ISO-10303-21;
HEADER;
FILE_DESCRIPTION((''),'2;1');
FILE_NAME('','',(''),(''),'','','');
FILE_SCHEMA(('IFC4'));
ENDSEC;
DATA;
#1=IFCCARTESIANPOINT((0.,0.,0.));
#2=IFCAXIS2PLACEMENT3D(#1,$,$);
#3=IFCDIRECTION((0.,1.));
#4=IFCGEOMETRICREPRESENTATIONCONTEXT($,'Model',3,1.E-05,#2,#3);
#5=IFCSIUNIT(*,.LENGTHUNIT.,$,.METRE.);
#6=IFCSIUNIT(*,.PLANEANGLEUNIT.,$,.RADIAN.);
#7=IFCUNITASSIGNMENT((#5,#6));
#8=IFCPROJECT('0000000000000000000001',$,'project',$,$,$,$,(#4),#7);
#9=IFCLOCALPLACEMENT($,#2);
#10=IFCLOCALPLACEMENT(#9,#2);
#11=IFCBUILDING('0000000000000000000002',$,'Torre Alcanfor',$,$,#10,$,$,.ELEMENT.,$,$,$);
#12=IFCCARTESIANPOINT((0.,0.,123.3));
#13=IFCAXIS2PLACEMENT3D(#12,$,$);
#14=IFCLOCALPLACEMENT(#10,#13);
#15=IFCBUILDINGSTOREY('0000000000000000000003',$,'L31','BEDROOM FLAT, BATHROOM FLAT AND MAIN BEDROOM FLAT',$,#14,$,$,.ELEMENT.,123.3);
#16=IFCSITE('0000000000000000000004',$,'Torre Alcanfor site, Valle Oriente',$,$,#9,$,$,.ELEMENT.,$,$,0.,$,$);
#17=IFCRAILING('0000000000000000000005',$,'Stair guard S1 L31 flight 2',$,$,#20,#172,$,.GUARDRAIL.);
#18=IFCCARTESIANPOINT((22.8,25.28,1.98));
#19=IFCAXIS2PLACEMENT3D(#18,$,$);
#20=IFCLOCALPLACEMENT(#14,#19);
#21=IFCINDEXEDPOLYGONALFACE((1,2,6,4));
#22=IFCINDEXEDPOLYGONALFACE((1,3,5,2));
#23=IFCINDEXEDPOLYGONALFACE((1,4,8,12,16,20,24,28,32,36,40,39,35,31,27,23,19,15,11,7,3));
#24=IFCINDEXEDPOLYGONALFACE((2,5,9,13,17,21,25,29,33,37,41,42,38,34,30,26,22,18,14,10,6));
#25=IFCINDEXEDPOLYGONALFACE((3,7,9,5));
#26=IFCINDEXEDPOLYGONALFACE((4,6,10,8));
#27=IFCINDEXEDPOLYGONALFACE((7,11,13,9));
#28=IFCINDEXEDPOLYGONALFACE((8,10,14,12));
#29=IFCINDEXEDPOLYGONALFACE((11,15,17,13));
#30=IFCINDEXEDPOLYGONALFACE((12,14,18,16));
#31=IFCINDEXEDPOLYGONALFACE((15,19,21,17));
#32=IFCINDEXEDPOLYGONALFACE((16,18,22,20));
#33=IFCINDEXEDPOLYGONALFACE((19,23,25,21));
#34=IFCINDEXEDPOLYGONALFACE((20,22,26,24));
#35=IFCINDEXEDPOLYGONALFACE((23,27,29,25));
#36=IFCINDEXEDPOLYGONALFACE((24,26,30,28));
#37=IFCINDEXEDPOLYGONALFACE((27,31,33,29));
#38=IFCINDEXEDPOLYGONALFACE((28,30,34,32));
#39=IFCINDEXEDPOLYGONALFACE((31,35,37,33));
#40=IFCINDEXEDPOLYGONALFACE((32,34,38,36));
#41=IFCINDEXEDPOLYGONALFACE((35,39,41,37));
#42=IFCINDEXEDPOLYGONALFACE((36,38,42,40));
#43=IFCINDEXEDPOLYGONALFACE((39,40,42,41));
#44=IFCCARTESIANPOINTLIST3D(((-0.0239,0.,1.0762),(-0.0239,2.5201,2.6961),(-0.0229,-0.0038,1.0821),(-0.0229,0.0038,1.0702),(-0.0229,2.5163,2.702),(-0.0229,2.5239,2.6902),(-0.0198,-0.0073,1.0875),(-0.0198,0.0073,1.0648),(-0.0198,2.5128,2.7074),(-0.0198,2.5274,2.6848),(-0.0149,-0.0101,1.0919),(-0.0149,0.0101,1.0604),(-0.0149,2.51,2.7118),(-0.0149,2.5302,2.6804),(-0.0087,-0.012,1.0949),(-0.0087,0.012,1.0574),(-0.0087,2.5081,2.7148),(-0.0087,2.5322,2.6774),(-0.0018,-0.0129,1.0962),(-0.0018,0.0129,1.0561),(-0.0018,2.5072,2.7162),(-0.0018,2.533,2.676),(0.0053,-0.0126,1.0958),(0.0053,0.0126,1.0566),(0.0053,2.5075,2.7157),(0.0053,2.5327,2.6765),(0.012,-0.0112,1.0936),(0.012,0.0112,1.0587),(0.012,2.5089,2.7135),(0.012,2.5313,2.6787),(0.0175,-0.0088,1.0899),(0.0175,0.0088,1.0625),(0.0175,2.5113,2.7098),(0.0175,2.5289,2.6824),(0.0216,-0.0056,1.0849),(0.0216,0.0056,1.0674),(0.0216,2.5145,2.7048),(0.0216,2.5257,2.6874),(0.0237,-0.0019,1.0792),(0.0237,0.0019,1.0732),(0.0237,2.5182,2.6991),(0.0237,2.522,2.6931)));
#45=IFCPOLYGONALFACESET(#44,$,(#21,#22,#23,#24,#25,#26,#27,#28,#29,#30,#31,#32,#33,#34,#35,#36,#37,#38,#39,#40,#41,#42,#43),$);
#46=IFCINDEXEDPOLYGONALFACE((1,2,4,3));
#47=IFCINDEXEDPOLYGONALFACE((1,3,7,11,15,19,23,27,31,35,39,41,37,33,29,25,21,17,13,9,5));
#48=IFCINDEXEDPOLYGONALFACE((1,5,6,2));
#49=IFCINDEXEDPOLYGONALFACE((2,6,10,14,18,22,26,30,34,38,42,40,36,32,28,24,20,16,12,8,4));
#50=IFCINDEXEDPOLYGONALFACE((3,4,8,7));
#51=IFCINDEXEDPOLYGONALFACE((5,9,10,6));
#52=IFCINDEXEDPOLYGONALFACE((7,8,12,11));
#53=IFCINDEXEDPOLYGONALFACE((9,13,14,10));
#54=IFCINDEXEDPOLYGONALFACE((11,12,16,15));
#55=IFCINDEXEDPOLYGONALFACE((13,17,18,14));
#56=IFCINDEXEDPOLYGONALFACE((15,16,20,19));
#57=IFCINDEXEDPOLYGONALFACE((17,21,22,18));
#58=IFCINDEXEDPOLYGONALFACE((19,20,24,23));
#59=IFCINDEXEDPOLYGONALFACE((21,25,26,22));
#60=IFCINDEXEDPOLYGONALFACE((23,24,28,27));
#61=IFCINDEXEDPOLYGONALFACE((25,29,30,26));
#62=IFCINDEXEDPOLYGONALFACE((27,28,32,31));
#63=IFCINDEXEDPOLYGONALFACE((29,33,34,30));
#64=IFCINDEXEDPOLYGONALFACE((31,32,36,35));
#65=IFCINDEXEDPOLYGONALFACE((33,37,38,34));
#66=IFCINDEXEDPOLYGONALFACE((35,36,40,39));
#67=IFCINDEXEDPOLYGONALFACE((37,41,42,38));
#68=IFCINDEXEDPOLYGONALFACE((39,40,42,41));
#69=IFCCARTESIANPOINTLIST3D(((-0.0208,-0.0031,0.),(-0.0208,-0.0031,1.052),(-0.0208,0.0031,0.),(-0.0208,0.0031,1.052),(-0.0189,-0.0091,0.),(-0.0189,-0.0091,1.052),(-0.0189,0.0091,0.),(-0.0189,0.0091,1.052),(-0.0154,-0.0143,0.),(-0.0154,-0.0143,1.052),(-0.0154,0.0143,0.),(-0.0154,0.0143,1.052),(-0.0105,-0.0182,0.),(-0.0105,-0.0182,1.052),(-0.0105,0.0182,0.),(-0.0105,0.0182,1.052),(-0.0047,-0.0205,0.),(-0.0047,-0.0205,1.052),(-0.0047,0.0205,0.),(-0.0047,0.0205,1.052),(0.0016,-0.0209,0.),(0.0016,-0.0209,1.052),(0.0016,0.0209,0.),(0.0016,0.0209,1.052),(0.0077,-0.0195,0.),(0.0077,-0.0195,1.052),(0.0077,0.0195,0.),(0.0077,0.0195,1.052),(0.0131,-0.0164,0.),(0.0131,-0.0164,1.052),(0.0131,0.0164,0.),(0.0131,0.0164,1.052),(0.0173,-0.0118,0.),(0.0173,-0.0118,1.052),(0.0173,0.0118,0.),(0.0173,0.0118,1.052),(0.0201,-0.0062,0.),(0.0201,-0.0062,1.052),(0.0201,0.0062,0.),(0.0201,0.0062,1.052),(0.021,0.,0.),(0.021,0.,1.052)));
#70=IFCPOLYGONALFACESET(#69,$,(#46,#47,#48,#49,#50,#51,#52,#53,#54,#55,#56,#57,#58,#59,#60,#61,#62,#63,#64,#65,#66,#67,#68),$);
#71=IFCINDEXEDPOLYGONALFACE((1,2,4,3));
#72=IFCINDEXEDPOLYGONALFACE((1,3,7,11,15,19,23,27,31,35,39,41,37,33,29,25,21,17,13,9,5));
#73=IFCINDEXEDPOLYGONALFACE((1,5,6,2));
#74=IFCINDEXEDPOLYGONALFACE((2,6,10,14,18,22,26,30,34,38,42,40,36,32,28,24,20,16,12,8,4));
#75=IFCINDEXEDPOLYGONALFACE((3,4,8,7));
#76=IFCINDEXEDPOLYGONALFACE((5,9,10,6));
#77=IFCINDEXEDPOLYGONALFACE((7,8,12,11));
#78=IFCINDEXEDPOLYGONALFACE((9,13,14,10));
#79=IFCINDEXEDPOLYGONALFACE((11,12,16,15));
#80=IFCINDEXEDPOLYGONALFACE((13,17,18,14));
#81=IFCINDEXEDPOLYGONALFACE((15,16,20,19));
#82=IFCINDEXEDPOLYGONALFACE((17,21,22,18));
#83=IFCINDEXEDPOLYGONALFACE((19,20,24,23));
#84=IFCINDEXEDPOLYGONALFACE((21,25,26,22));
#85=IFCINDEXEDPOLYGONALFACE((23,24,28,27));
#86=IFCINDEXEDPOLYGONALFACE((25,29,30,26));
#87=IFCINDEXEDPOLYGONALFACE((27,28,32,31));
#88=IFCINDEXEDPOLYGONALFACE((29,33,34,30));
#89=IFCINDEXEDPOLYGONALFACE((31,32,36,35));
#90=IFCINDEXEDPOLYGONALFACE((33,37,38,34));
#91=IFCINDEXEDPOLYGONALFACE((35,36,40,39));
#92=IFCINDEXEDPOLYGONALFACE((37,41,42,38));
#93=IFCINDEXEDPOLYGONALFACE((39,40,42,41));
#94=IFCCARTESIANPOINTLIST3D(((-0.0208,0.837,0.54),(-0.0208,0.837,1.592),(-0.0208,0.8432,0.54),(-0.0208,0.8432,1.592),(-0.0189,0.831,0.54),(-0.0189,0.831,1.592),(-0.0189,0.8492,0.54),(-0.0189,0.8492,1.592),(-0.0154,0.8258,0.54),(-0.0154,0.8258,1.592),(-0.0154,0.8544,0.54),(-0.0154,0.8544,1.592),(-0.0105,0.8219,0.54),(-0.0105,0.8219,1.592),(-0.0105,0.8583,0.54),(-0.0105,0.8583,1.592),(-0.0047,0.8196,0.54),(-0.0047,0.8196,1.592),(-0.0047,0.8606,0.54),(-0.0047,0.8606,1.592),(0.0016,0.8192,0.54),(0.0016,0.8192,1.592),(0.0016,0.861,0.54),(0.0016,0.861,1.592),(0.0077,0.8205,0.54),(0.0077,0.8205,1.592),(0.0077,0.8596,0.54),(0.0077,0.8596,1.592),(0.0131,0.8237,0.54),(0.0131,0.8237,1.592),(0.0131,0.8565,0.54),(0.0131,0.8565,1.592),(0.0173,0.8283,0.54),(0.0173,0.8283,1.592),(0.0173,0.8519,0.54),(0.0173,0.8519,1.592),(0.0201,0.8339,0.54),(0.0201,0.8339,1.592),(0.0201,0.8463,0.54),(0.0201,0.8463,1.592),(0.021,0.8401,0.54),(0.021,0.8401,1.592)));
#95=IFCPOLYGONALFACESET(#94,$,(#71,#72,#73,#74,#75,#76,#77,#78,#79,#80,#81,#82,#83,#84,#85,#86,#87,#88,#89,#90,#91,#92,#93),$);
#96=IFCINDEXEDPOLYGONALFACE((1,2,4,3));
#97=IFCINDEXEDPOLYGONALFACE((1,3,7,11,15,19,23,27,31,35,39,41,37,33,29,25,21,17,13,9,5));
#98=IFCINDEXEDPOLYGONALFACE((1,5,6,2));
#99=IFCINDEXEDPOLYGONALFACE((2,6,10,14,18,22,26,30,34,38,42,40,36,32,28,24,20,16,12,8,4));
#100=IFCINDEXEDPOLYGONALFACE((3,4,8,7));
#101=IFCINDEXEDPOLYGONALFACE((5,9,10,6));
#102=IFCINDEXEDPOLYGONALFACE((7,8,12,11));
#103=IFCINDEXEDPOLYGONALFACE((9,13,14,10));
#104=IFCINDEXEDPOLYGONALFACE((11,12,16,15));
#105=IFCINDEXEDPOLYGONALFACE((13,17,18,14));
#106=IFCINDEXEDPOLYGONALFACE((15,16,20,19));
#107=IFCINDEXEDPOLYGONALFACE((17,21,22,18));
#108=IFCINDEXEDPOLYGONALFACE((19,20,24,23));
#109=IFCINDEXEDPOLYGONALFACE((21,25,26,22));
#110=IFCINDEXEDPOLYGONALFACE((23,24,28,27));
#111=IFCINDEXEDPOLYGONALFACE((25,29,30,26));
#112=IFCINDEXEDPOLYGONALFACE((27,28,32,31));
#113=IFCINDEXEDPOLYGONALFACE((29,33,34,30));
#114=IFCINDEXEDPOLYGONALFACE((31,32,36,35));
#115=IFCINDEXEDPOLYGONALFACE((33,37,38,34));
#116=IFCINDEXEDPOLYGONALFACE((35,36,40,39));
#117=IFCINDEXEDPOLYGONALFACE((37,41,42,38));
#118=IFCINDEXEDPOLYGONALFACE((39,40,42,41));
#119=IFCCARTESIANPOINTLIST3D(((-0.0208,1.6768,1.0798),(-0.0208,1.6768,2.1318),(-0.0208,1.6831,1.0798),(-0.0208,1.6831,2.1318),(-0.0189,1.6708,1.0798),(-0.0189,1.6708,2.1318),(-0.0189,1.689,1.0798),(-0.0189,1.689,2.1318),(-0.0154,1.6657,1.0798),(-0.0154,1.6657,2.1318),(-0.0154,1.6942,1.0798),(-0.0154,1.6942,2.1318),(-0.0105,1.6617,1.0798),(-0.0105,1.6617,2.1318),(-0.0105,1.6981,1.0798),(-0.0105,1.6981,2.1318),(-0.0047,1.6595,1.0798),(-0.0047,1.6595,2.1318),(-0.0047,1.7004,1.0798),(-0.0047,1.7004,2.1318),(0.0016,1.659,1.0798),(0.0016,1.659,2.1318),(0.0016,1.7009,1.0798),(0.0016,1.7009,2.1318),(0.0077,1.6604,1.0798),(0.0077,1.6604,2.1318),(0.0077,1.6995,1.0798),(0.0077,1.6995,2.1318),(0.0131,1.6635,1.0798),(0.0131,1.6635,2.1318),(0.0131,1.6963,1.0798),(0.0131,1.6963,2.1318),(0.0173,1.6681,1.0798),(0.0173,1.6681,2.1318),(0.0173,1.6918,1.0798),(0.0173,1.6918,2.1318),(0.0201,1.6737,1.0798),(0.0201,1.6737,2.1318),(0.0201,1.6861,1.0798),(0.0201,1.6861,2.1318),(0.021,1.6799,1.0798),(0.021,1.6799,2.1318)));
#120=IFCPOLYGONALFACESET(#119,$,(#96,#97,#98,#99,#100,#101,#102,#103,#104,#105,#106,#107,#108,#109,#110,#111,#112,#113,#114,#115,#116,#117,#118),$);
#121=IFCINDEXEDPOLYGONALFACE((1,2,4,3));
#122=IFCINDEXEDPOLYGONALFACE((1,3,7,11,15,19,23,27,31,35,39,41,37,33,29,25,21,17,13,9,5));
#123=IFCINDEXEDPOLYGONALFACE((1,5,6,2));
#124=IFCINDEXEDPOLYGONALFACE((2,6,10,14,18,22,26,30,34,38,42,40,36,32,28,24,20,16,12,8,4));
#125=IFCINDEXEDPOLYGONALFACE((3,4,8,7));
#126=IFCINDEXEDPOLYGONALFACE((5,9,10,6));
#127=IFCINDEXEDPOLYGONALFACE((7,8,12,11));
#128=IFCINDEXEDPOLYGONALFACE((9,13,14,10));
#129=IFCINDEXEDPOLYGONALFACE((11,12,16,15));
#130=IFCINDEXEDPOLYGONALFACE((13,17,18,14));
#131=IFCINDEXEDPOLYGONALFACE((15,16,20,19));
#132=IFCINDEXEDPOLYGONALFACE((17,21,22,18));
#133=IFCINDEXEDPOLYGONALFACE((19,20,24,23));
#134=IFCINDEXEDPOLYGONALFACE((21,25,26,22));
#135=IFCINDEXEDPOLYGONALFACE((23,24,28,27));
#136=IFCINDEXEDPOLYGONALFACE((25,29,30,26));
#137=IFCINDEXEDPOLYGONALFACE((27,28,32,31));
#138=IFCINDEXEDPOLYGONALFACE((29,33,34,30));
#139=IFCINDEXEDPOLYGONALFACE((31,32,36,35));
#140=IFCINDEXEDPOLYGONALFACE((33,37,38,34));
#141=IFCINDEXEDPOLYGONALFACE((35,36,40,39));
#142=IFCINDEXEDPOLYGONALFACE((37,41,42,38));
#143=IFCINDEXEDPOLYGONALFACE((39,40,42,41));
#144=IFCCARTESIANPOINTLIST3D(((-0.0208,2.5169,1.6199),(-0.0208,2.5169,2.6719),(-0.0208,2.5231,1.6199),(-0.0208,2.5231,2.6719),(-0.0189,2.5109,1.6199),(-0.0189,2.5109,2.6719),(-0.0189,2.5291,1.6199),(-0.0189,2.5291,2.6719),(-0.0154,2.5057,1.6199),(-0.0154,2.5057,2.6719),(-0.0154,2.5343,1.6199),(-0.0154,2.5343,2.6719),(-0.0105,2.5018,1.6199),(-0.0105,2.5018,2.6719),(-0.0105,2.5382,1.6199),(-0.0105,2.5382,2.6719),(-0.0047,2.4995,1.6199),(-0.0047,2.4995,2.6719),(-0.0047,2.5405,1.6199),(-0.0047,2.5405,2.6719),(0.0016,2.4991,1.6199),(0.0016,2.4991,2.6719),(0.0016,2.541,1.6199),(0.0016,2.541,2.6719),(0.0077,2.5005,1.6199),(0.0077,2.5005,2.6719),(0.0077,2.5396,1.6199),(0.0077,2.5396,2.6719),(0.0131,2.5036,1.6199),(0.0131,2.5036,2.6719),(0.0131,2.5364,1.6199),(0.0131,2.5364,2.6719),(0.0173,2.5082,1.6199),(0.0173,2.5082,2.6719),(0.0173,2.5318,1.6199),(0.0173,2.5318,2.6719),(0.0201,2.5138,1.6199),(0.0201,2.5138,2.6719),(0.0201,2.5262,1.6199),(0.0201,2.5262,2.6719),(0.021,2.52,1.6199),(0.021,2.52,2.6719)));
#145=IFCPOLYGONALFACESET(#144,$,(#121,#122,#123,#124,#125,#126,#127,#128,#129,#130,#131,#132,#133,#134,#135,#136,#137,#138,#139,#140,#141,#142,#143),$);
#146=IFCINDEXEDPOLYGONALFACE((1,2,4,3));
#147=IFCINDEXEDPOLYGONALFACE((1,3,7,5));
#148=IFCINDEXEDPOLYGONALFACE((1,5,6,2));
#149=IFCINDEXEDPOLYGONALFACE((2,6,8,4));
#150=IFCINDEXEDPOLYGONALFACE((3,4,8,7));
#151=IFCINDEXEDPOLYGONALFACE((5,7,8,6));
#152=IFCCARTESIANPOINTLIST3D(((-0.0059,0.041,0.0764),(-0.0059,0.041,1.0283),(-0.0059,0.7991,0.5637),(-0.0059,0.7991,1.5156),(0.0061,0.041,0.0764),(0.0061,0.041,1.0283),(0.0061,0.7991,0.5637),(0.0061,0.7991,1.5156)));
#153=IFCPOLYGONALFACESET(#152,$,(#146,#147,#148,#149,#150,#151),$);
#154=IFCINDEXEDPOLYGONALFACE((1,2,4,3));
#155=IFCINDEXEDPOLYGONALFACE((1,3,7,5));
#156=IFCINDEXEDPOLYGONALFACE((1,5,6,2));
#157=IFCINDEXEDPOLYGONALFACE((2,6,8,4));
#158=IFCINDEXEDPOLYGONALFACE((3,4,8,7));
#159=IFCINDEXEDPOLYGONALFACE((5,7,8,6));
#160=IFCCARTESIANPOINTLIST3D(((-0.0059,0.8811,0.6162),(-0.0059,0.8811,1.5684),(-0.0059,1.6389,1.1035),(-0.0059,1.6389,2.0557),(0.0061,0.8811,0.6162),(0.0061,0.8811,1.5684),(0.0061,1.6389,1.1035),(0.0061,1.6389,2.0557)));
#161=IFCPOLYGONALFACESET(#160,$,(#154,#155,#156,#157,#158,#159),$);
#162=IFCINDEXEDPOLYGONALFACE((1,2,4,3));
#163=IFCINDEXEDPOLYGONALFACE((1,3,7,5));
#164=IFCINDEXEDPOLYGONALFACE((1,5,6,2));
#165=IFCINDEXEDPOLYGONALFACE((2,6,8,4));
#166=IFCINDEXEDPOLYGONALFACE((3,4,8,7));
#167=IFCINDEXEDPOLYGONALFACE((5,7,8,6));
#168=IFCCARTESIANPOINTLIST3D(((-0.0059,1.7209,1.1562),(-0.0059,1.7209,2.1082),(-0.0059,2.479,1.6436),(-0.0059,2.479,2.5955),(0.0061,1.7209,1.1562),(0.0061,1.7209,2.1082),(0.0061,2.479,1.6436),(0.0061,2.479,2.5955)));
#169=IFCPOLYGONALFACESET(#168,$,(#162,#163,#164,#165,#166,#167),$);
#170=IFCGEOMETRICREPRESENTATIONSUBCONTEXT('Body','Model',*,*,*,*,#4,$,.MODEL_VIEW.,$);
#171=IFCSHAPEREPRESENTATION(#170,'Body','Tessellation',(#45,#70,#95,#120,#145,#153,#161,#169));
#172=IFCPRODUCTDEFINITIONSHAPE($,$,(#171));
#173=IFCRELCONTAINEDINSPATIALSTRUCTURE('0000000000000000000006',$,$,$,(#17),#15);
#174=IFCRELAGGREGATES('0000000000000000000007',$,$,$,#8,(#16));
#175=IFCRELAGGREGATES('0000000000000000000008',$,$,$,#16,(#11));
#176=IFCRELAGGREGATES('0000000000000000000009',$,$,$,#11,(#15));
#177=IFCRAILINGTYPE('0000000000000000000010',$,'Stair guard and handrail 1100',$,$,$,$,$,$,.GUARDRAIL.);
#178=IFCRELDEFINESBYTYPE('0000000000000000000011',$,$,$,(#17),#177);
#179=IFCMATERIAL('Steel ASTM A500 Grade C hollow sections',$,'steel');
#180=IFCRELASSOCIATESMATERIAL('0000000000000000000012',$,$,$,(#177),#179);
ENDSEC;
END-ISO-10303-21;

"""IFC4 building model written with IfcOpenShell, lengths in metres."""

from ifc_helpers import new_model, si_unit, direction, frame, origin, origin_2d, place, context, subcontext, project, spatial, polyline, circle, outline, extrude, material, type_object, element, save


model = new_model("IFC4")

# Units and contexts
model_context = context("Model", 3, precision=1e-05, world=origin(), true_north=direction((0.0, 1.0)))
body_context = subcontext(model_context, "Body", "Model", "MODEL_VIEW")
ifc_project = project(units=[si_unit("LENGTHUNIT", "METRE"), si_unit("PLANEANGLEUNIT", "RADIAN")], contexts=[model_context])

# Site, building, storey
site_placement = place(None, origin())
site = spatial("IfcSite", under=ifc_project, at=site_placement, Name="Torre Alcanfor site, Valle Oriente", CompositionType="ELEMENT", RefElevation=0.0)
building_placement = place(site_placement, origin())
building = spatial("IfcBuilding", under=site, at=building_placement, Name="Torre Alcanfor", CompositionType="ELEMENT")
storey_placement = place(building_placement, frame((0.0, 0.0, 123.3)))
storey = spatial("IfcBuildingStorey", under=building, at=storey_placement, Name="L31", Description="BEDROOM FLAT, BATHROOM FLAT AND MAIN BEDROOM FLAT", CompositionType="ELEMENT", Elevation=123.3)

# Railing
ifc_material_1 = material(Name="Steel ASTM A500 Grade C hollow sections", Category="steel")
railing_type_1 = type_object("IfcRailingType", Name="Stair guard and handrail 1100", PredefinedType="GUARDRAIL", material=ifc_material_1)
railing_1_placement = place(storey_placement, frame((22.8, 25.28, 1.98)))
element("IfcRailing", 1, at=railing_1_placement, inside=storey, type_object=railing_type_1, Name="Stair guard S1 L31 flight 2", PredefinedType="GUARDRAIL", context=body_context, shape_type="SweptSolid", body=[
    extrude(circle(Radius=0.0239, at=origin_2d()), frame((0.0, 0.0, 1.0762), z_axis=(0.0, 0.8412, 0.540725), x_axis=(-1.0, 0.0, 0.0)), (0.0, 0.0, 1.0), 2.9958),
    extrude(circle(Radius=0.021, at=origin_2d()), origin(), (0.0, 0.0, 1.0), 1.052),
    extrude(circle(Radius=0.021, at=origin_2d()), frame((0.0, 0.8401, 0.54)), (0.0, 0.0, 1.0), 1.052),
    extrude(circle(Radius=0.021, at=origin_2d()), frame((0.0, 1.6799, 1.0798)), (0.0, 0.0, 1.0), 1.052),
    extrude(circle(Radius=0.021, at=origin_2d()), frame((0.0, 2.52, 1.6199)), (0.0, 0.0, 1.0), 1.052),
    extrude(outline(polyline([(0.041, 0.0764), (0.7991, 0.5637), (0.7991, 1.5156), (0.041, 1.0283), (0.041, 0.0764)])), frame((-0.0059, 0.0, 0.0), z_axis=(1.0, 0.0, 0.0), x_axis=(0.0, 1.0, 0.0)), (0.0, 0.0, 1.0), 0.012),
    extrude(outline(polyline([(0.8811, 0.6162), (1.6389, 1.1035), (1.6389, 2.0557), (0.8811, 1.5684), (0.8811, 0.6162)])), frame((-0.0059, 0.0, 0.0), z_axis=(1.0, 0.0, 0.0), x_axis=(0.0, 1.0, 0.0)), (0.0, 0.0, 1.0), 0.012),
    extrude(outline(polyline([(1.7209, 1.1562), (2.479, 1.6436), (2.479, 2.5955), (1.7209, 2.1082), (1.7209, 1.1562)])), frame((-0.0059, 0.0, 0.0), z_axis=(1.0, 0.0, 0.0), x_axis=(0.0, 1.0, 0.0)), (0.0, 0.0, 1.0), 0.012),
])

save(model, "model.ifc")
